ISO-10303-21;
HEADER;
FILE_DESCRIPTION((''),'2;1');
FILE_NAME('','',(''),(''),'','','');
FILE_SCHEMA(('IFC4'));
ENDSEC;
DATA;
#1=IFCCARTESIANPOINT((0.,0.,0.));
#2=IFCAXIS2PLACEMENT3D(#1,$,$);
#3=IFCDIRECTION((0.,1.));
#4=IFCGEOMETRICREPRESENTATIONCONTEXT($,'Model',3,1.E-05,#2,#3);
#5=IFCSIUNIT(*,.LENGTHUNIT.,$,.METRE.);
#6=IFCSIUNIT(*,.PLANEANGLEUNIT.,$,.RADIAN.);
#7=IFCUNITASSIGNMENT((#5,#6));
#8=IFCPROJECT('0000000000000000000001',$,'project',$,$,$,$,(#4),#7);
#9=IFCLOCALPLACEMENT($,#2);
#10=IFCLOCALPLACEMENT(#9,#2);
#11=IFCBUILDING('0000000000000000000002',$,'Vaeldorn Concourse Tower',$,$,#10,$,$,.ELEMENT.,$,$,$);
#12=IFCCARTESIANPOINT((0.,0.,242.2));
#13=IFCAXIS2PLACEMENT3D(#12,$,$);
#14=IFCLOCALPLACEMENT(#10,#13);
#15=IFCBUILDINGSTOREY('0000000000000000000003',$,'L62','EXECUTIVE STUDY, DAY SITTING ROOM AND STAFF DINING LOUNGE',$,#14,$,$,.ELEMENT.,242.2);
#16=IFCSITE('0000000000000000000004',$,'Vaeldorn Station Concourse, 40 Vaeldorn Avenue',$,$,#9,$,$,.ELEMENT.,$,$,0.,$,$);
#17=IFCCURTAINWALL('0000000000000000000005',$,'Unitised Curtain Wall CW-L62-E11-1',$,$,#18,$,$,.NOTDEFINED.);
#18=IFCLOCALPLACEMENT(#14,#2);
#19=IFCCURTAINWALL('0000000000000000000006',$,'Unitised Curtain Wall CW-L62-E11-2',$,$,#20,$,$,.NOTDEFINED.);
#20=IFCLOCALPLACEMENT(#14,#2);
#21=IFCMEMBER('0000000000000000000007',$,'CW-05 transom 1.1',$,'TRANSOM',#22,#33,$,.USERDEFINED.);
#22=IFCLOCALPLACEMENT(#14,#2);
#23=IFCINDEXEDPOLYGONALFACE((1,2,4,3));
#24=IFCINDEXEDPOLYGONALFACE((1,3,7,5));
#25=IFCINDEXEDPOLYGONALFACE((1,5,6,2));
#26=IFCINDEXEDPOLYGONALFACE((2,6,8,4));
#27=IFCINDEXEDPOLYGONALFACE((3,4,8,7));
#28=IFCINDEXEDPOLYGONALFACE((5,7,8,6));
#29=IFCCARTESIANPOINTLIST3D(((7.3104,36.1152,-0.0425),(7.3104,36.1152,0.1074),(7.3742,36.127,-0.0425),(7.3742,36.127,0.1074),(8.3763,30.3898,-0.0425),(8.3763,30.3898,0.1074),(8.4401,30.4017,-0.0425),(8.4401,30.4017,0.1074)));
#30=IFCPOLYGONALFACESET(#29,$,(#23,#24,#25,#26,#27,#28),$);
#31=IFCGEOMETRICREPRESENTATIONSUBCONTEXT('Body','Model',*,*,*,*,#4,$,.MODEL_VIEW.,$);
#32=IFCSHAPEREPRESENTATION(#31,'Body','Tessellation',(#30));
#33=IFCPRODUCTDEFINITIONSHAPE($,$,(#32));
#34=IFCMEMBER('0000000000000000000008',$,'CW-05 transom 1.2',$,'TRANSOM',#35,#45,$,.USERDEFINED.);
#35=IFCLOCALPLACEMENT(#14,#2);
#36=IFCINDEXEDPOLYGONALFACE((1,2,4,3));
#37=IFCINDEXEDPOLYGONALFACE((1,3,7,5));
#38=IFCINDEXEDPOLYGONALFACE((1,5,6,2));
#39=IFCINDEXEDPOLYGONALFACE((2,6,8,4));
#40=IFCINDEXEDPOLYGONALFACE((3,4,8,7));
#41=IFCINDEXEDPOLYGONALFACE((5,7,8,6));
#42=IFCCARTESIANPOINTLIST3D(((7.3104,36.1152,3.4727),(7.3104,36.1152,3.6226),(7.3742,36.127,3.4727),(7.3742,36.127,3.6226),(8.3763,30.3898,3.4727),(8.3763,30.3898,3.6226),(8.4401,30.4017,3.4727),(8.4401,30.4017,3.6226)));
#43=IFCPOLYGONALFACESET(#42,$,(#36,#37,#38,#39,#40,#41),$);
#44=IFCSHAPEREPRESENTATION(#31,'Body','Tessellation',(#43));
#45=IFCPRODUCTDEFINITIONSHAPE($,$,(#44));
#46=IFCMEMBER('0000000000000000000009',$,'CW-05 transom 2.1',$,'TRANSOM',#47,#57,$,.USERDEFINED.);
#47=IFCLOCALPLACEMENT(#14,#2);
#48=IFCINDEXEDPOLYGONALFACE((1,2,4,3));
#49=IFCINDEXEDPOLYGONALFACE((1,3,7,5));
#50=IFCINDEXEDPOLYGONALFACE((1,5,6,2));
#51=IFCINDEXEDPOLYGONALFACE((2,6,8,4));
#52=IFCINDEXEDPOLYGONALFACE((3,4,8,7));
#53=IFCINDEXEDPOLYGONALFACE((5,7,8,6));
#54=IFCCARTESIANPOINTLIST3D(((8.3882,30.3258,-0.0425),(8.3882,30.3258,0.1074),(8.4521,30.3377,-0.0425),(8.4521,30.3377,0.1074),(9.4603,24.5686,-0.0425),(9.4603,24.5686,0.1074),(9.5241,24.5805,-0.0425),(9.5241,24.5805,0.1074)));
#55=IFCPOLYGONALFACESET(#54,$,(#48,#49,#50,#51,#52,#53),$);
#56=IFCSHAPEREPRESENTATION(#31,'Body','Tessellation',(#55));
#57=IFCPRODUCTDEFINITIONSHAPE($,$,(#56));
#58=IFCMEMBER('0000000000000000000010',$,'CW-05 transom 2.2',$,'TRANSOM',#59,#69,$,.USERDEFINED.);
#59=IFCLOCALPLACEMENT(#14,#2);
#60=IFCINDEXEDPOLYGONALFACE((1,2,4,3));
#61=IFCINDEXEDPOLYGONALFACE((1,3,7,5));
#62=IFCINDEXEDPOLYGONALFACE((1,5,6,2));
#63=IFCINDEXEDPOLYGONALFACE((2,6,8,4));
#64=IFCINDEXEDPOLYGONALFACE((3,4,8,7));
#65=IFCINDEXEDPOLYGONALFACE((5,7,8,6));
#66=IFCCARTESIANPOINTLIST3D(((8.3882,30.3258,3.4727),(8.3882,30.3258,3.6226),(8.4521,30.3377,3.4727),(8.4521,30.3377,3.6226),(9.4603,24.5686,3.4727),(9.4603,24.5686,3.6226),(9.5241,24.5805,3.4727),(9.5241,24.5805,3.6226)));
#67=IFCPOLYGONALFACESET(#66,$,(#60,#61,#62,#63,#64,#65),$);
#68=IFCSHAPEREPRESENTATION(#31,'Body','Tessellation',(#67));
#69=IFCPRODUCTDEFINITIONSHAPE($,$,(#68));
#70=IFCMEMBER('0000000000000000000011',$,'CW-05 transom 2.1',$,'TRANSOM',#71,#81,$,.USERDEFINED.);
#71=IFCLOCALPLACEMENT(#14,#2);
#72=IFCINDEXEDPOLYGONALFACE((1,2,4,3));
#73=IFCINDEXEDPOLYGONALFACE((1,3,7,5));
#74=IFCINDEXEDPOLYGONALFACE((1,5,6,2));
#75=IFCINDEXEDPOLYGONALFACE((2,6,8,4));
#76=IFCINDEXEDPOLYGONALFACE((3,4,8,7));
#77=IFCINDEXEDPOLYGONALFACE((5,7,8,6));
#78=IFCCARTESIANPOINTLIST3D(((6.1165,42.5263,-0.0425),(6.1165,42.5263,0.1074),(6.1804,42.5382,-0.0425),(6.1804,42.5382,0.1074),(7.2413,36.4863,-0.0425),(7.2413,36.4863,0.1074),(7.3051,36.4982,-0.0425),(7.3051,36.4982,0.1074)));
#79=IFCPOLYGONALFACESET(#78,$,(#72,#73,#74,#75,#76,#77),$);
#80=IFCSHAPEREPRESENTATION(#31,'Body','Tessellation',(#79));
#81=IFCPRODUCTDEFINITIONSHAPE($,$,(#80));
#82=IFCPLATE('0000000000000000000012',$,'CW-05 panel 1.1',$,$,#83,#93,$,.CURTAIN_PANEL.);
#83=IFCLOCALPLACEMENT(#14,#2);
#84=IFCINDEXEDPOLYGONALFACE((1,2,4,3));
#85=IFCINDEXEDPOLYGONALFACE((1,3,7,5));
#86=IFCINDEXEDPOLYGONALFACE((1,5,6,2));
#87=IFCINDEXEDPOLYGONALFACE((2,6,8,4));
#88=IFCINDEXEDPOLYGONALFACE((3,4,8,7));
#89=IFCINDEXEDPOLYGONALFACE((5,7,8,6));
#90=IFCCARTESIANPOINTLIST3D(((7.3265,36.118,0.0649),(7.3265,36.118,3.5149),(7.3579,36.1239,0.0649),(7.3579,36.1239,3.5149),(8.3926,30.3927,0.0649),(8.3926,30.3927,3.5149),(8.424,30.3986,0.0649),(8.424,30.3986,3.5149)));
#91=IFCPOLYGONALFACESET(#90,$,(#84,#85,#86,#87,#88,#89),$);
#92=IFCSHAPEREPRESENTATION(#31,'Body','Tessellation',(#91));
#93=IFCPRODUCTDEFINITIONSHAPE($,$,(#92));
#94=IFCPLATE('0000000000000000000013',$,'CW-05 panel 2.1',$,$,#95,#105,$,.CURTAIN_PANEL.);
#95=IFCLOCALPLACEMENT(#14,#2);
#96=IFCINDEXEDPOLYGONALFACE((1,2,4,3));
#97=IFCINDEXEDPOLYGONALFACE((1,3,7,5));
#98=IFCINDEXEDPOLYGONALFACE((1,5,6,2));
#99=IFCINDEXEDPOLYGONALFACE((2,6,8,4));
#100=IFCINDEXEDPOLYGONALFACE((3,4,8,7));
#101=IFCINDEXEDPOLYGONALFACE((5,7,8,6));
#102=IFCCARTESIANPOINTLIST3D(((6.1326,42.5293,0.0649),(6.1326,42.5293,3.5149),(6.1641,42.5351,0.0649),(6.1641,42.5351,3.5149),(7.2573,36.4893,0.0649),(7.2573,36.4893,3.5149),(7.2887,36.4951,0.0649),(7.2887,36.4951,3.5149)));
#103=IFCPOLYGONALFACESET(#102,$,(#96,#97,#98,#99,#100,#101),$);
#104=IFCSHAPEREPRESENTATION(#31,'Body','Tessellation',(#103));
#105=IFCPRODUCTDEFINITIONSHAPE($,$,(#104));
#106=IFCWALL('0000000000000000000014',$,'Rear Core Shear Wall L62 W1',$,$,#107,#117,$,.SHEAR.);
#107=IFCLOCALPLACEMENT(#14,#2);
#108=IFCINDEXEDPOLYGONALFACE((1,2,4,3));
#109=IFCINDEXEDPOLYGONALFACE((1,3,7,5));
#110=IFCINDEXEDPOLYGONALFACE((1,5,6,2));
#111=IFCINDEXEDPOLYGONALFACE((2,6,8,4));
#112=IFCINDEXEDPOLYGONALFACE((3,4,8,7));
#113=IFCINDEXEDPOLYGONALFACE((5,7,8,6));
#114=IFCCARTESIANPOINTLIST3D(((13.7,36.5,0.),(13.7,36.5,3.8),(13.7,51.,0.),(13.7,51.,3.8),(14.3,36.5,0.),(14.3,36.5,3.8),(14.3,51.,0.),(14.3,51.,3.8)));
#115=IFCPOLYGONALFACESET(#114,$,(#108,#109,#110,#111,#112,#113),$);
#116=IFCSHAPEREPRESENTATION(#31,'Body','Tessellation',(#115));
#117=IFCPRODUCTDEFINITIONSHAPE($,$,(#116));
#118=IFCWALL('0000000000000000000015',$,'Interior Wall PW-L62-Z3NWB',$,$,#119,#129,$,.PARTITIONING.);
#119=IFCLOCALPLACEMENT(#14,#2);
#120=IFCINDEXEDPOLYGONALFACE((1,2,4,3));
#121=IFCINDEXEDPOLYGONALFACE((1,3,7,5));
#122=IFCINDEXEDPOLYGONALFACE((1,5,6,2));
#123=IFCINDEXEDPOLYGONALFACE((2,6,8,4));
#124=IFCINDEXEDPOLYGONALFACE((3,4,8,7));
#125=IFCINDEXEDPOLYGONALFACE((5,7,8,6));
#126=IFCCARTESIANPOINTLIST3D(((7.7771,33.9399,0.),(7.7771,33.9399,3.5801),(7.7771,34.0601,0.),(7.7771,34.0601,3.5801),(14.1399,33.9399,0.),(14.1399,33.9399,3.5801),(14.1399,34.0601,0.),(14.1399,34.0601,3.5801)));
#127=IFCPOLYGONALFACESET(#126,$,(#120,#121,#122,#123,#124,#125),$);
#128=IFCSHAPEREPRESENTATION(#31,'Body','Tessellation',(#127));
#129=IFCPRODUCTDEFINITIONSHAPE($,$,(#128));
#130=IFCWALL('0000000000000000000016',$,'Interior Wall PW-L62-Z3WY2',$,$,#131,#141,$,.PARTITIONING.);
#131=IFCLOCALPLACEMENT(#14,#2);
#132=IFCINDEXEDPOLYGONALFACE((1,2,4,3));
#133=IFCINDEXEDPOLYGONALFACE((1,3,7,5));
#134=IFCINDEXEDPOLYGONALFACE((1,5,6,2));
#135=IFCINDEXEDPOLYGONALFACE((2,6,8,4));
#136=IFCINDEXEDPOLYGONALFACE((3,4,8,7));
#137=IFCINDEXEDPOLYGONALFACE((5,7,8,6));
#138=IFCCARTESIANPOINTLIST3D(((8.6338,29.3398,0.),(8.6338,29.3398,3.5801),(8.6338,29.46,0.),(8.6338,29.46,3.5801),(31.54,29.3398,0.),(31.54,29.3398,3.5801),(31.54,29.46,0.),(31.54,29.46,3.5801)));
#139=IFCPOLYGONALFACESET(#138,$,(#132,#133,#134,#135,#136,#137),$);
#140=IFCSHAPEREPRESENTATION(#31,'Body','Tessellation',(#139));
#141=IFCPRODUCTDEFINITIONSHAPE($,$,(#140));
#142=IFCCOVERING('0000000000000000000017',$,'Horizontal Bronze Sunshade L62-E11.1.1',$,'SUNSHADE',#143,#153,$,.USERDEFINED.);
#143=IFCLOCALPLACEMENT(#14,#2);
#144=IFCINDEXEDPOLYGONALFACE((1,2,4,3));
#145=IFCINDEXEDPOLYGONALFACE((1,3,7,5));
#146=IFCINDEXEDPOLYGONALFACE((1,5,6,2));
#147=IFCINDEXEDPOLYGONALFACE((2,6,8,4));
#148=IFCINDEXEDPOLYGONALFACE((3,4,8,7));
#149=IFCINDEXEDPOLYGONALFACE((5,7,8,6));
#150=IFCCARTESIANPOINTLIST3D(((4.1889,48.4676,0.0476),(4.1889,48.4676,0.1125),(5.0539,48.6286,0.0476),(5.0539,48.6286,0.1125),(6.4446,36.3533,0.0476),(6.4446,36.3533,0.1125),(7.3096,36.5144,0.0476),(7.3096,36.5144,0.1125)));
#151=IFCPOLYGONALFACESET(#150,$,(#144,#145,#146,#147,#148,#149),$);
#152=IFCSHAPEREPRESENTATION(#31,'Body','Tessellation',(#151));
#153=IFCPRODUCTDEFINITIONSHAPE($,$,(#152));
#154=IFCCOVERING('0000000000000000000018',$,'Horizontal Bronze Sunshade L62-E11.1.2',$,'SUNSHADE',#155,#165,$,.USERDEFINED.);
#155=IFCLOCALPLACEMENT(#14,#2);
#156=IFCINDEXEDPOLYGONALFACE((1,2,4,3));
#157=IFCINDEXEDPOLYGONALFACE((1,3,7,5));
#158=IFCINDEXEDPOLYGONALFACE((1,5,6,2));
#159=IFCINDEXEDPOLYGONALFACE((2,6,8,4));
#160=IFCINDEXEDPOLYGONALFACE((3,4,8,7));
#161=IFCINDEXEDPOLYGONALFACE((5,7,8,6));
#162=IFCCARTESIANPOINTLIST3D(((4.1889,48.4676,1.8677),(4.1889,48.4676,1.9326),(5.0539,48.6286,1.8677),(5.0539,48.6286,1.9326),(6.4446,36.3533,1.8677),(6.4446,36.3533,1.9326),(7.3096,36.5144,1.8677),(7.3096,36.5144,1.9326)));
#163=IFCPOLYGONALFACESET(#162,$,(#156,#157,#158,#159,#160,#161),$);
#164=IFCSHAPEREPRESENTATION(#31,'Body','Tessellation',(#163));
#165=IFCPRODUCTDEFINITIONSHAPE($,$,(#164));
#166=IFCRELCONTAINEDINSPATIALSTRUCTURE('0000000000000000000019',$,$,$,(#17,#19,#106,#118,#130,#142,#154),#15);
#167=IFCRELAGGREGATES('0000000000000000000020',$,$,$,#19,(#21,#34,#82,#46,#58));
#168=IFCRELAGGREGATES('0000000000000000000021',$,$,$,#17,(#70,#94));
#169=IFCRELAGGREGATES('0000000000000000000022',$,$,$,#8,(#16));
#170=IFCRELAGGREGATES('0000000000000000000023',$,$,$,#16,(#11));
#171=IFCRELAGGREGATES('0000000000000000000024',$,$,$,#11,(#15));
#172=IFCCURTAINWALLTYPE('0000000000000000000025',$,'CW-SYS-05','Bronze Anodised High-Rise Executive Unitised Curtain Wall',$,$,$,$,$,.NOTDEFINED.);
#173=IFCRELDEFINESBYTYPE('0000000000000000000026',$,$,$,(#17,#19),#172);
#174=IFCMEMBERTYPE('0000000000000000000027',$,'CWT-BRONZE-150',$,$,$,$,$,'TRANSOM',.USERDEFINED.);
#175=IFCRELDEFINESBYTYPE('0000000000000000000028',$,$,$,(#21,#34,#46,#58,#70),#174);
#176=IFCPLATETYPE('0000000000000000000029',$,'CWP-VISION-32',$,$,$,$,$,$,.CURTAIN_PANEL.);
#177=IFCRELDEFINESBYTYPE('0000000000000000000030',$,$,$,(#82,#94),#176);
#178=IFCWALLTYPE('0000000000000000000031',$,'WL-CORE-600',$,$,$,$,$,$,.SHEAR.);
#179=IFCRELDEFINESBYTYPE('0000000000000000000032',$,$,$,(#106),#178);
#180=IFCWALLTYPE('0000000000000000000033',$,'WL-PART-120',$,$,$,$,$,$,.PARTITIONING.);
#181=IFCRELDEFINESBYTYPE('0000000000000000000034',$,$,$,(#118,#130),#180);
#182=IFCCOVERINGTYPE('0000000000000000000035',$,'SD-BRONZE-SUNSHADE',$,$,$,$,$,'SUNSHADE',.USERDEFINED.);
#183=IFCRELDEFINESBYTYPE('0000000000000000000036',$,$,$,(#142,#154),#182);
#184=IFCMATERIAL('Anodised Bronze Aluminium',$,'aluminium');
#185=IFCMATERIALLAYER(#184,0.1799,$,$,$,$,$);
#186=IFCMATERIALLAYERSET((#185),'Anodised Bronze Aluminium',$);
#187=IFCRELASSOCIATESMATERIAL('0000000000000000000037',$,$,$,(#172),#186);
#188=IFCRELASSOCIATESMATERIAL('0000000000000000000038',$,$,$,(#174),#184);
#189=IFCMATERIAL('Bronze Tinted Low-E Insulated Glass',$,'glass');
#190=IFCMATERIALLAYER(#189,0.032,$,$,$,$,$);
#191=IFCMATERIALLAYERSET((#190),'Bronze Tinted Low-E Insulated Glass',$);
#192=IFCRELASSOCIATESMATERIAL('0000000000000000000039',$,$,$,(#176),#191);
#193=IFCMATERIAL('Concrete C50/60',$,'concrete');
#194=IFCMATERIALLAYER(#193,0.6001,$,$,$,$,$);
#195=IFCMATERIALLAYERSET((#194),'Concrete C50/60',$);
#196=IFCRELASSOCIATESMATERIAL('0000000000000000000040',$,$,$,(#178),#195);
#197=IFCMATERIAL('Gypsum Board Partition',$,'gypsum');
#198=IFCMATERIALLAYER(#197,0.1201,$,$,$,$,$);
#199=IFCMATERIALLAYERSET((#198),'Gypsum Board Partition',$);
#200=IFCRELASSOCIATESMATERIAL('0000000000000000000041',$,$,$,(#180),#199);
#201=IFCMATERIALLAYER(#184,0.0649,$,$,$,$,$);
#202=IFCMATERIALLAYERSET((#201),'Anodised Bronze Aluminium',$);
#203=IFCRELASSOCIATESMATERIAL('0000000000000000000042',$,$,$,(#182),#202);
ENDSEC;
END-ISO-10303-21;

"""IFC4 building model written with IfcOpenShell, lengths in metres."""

from ifc_helpers import new_model, si_unit, direction, frame, frame_2d, origin, origin_2d, place, context, subcontext, project, spatial, rectangle, extrude, source, transform, mapped, material, layer, layer_set, material_profile, profile_set, type_object, element, aggregate, save


model = new_model("IFC4")

# Units and contexts
model_context = context("Model", 3, precision=1e-05, world=origin(), true_north=direction((0.0, 1.0)))
body_context = subcontext(model_context, "Body", "Model", "MODEL_VIEW")
ifc_project = project(units=[si_unit("LENGTHUNIT", "METRE"), si_unit("PLANEANGLEUNIT", "RADIAN")], contexts=[model_context])

# Site, building, storey
site_placement = place(None, origin())
site = spatial("IfcSite", under=ifc_project, at=site_placement, Name="Vaeldorn Station Concourse, 40 Vaeldorn Avenue", CompositionType="ELEMENT", RefElevation=0.0)
building_placement = place(site_placement, origin())
building = spatial("IfcBuilding", under=site, at=building_placement, Name="Vaeldorn Concourse Tower", CompositionType="ELEMENT")
storey_placement = place(building_placement, frame((0.0, 0.0, 242.2)))
storey = spatial("IfcBuildingStorey", under=building, at=storey_placement, Name="L62", Description="EXECUTIVE STUDY, DAY SITTING ROOM AND STAFF DINING LOUNGE", CompositionType="ELEMENT", Elevation=242.2)

# Shared definitions
ifc_material_1 = material(Name="Concrete C50/60", Category="concrete")

# Curtain wall
ifc_material_2 = material(Name="Anodised Bronze Aluminium", Category="aluminium")
ifc_layer_1 = layer(ifc_material_2, 0.1799)
ifc_layer_set_1 = layer_set([ifc_layer_1], Name="Anodised Bronze Aluminium")
curtain_wall_type = type_object("IfcCurtainWallType", Name="CW-SYS-05", Description="Bronze Anodised High-Rise Executive Unitised Curtain Wall", PredefinedType="NOTDEFINED", material=ifc_layer_set_1)
curtain_wall_1_placement = place(storey_placement, origin())
curtain_wall_1 = element("IfcCurtainWall", 1, at=curtain_wall_1_placement, inside=storey, type_object=curtain_wall_type, Name="Unitised Curtain Wall CW-L62-E11-1", PredefinedType="NOTDEFINED")

# Curtain wall, members
curtain_wall_2_placement = place(storey_placement, origin())
curtain_wall_2 = element("IfcCurtainWall", 2, at=curtain_wall_2_placement, inside=storey, type_object=curtain_wall_type, Name="Unitised Curtain Wall CW-L62-E11-2", PredefinedType="NOTDEFINED")
ifc_material_profile_1 = material_profile(ifc_material_2, rectangle(XDim=0.0649, YDim=0.1499, at=origin_2d()), Name="CWT 65x150")
ifc_profile_set_1 = profile_set([ifc_material_profile_1], Name="Anodised Bronze Aluminium")
member_type_1 = type_object("IfcMemberType", Name="CWT-BRONZE-150", ElementType="TRANSOM", PredefinedType="USERDEFINED", material=ifc_profile_set_1)
shared_shape_1 = source(origin(), body_context, "Body", "SweptSolid", [
    extrude(rectangle(XDim=0.0649, YDim=0.1499, at=origin_2d()), origin(), (0.0, 0.0, 1.0), 5.8237),
])
member_1_placement = place(storey_placement, frame((7.3423, 36.1211, 0.0325), z_axis=(0.18303, -0.983107, 0.0), x_axis=(0.983107, 0.18303, 0.0)))
member_1 = element("IfcMember", 3, at=member_1_placement, type_object=member_type_1, Name="CW-05 transom 1.1", ObjectType="TRANSOM", PredefinedType="USERDEFINED", context=body_context, shape_type="MappedRepresentation", body=[
    mapped(shared_shape_1, transform((0.0, 0.0, 0.0), scale=1.0)),
])
member_2_placement = place(storey_placement, frame((7.3423, 36.1211, 3.5476), z_axis=(0.18303, -0.983107, 0.0), x_axis=(0.983107, 0.18303, 0.0)))
member_2 = element("IfcMember", 4, at=member_2_placement, type_object=member_type_1, Name="CW-05 transom 1.2", ObjectType="TRANSOM", PredefinedType="USERDEFINED", context=body_context, shape_type="MappedRepresentation", body=[
    mapped(shared_shape_1, transform((0.0, 0.0, 0.0), scale=1.0)),
])
shared_shape_2 = source(origin(), body_context, "Body", "SweptSolid", [
    extrude(rectangle(XDim=0.0649, YDim=0.1499, at=origin_2d()), origin(), (0.0, 0.0, 1.0), 5.8562),
])
member_3_placement = place(storey_placement, frame((8.4202, 30.3318, 0.0325), z_axis=(0.183055, -0.983103, 0.0), x_axis=(0.983103, 0.183055, 0.0)))
member_3 = element("IfcMember", 5, at=member_3_placement, type_object=member_type_1, Name="CW-05 transom 2.1", ObjectType="TRANSOM", PredefinedType="USERDEFINED", context=body_context, shape_type="MappedRepresentation", body=[
    mapped(shared_shape_2, transform((0.0, 0.0, 0.0), scale=1.0)),
])
member_4_placement = place(storey_placement, frame((8.4202, 30.3318, 3.5476), z_axis=(0.183055, -0.983103, 0.0), x_axis=(0.983103, 0.183055, 0.0)))
member_4 = element("IfcMember", 6, at=member_4_placement, type_object=member_type_1, Name="CW-05 transom 2.2", ObjectType="TRANSOM", PredefinedType="USERDEFINED", context=body_context, shape_type="MappedRepresentation", body=[
    mapped(shared_shape_2, transform((0.0, 0.0, 0.0), scale=1.0)),
])

# Member
shared_shape_3 = source(origin(), body_context, "Body", "SweptSolid", [
    extrude(rectangle(XDim=0.0649, YDim=0.1499, at=origin_2d()), origin(), (0.0, 0.0, 1.0), 6.1438),
])
member_5_placement = place(storey_placement, frame((6.1484, 42.5322, 0.0325), z_axis=(0.18307, -0.9831, 0.0), x_axis=(0.9831, 0.18307, 0.0)))
member_5 = element("IfcMember", 7, at=member_5_placement, type_object=member_type_1, Name="CW-05 transom 2.1", ObjectType="TRANSOM", PredefinedType="USERDEFINED", context=body_context, shape_type="MappedRepresentation", body=[
    mapped(shared_shape_3, transform((0.0, 0.0, 0.0), scale=1.0)),
])

# Plates
ifc_material_3 = material(Name="Bronze Tinted Low-E Insulated Glass", Category="glass")
ifc_layer_2 = layer(ifc_material_3, 0.032)
ifc_layer_set_2 = layer_set([ifc_layer_2], Name="Bronze Tinted Low-E Insulated Glass")
plate_type = type_object("IfcPlateType", Name="CWP-VISION-32", PredefinedType="CURTAIN_PANEL", material=ifc_layer_set_2)
shared_shape_4 = source(origin(), body_context, "Body", "SweptSolid", [
    extrude(rectangle(XDim=5.8237, YDim=0.032, at=origin_2d()), origin(), (0.0, 0.0, 1.0), 3.45),
])
plate_1_placement = place(storey_placement, frame((7.8752, 33.2583, 0.0649), z_axis=(0.0, 0.0, 1.0), x_axis=(0.183055, -0.983103, 0.0)))
plate_1 = element("IfcPlate", 8, at=plate_1_placement, type_object=plate_type, Name="CW-05 panel 1.1", PredefinedType="CURTAIN_PANEL", context=body_context, shape_type="MappedRepresentation", body=[
    mapped(shared_shape_4, transform((0.0, 0.0, 0.0), scale=1.0)),
])
aggregate(curtain_wall_2, [member_1, member_2, plate_1, member_3, member_4])
shared_shape_5 = source(origin(), body_context, "Body", "SweptSolid", [
    extrude(rectangle(XDim=6.1438, YDim=0.032, at=origin_2d()), origin(), (0.0, 0.0, 1.0), 3.45),
])
plate_2_placement = place(storey_placement, frame((6.7107, 39.5122, 0.0649), z_axis=(0.0, 0.0, 1.0), x_axis=(0.183054, -0.983103, 0.0)))
plate_2 = element("IfcPlate", 9, at=plate_2_placement, type_object=plate_type, Name="CW-05 panel 2.1", PredefinedType="CURTAIN_PANEL", context=body_context, shape_type="MappedRepresentation", body=[
    mapped(shared_shape_5, transform((0.0, 0.0, 0.0), scale=1.0)),
])
aggregate(curtain_wall_1, [member_5, plate_2])

# Walls
ifc_layer_3 = layer(ifc_material_1, 0.6001)
ifc_layer_set_3 = layer_set([ifc_layer_3], Name="Concrete C50/60")
wall_type_1 = type_object("IfcWallType", Name="WL-CORE-600", PredefinedType="SHEAR", material=ifc_layer_set_3)
wall_1_placement = place(storey_placement, frame((14.0, 36.5, 0.0), z_axis=(0.0, 0.0, 1.0), x_axis=(0.0, 1.0, 0.0)))
element("IfcWall", 10, at=wall_1_placement, inside=storey, type_object=wall_type_1, Name="Rear Core Shear Wall L62 W1", PredefinedType="SHEAR", context=body_context, shape_type="SweptSolid", body=[
    extrude(rectangle(XDim=14.5, YDim=0.6001, at=frame_2d((7.25, 0.0))), origin(), (0.0, 0.0, 1.0), 3.8),
])
ifc_material_4 = material(Name="Gypsum Board Partition", Category="gypsum")
ifc_layer_4 = layer(ifc_material_4, 0.1201)
ifc_layer_set_4 = layer_set([ifc_layer_4], Name="Gypsum Board Partition")
wall_type_2 = type_object("IfcWallType", Name="WL-PART-120", PredefinedType="PARTITIONING", material=ifc_layer_set_4)
wall_2_placement = place(storey_placement, frame((7.7771, 34.0, 0.0), z_axis=(0.0, 0.0, 1.0), x_axis=(1.0, 0.0, 0.0)))
element("IfcWall", 11, at=wall_2_placement, inside=storey, type_object=wall_type_2, Name="Interior Wall PW-L62-Z3NWB", PredefinedType="PARTITIONING", context=body_context, shape_type="SweptSolid", body=[
    extrude(rectangle(XDim=6.3628, YDim=0.1201, at=frame_2d((3.1814, 0.0))), origin(), (0.0, 0.0, 1.0), 3.5801),
])
wall_3_placement = place(storey_placement, frame((8.6338, 29.3999, 0.0), z_axis=(0.0, 0.0, 1.0), x_axis=(1.0, 0.0, 0.0)))
element("IfcWall", 12, at=wall_3_placement, inside=storey, type_object=wall_type_2, Name="Interior Wall PW-L62-Z3WY2", PredefinedType="PARTITIONING", context=body_context, shape_type="SweptSolid", body=[
    extrude(rectangle(XDim=22.9062, YDim=0.1201, at=frame_2d((11.4531, 0.0))), origin(), (0.0, 0.0, 1.0), 3.5801),
])

# Coverings
ifc_layer_5 = layer(ifc_material_2, 0.0649)
ifc_layer_set_5 = layer_set([ifc_layer_5], Name="Anodised Bronze Aluminium")
covering_type = type_object("IfcCoveringType", Name="SD-BRONZE-SUNSHADE", ElementType="SUNSHADE", PredefinedType="USERDEFINED", material=ifc_layer_set_5)
shared_shape_6 = source(origin(), body_context, "Body", "SweptSolid", [
    extrude(rectangle(XDim=12.3225, YDim=0.8799, at=origin_2d()), origin(), (0.0, 0.0, 1.0), 0.0649),
])
for number, where, z_axis, x_axis, name in (
    (13, (5.7493, 42.491, 0.0476), (0.0, 0.0, 1.0), (0.183059, -0.983102, 0.0), "Horizontal Bronze Sunshade L62-E11.1.1"),
    (14, (5.7493, 42.491, 1.8677), (0.0, 0.0, 1.0), (0.183059, -0.983102, 0.0), "Horizontal Bronze Sunshade L62-E11.1.2"),
):
    element("IfcCovering", number, at=place(storey_placement, frame(where, z_axis=z_axis, x_axis=x_axis)), inside=storey, type_object=covering_type, Name=name, ObjectType="SUNSHADE", PredefinedType="USERDEFINED", context=body_context, shape_type="MappedRepresentation", body=[
        mapped(shared_shape_6, transform((0.0, 0.0, 0.0), scale=1.0)),
    ])

save(model, "model.ifc")
